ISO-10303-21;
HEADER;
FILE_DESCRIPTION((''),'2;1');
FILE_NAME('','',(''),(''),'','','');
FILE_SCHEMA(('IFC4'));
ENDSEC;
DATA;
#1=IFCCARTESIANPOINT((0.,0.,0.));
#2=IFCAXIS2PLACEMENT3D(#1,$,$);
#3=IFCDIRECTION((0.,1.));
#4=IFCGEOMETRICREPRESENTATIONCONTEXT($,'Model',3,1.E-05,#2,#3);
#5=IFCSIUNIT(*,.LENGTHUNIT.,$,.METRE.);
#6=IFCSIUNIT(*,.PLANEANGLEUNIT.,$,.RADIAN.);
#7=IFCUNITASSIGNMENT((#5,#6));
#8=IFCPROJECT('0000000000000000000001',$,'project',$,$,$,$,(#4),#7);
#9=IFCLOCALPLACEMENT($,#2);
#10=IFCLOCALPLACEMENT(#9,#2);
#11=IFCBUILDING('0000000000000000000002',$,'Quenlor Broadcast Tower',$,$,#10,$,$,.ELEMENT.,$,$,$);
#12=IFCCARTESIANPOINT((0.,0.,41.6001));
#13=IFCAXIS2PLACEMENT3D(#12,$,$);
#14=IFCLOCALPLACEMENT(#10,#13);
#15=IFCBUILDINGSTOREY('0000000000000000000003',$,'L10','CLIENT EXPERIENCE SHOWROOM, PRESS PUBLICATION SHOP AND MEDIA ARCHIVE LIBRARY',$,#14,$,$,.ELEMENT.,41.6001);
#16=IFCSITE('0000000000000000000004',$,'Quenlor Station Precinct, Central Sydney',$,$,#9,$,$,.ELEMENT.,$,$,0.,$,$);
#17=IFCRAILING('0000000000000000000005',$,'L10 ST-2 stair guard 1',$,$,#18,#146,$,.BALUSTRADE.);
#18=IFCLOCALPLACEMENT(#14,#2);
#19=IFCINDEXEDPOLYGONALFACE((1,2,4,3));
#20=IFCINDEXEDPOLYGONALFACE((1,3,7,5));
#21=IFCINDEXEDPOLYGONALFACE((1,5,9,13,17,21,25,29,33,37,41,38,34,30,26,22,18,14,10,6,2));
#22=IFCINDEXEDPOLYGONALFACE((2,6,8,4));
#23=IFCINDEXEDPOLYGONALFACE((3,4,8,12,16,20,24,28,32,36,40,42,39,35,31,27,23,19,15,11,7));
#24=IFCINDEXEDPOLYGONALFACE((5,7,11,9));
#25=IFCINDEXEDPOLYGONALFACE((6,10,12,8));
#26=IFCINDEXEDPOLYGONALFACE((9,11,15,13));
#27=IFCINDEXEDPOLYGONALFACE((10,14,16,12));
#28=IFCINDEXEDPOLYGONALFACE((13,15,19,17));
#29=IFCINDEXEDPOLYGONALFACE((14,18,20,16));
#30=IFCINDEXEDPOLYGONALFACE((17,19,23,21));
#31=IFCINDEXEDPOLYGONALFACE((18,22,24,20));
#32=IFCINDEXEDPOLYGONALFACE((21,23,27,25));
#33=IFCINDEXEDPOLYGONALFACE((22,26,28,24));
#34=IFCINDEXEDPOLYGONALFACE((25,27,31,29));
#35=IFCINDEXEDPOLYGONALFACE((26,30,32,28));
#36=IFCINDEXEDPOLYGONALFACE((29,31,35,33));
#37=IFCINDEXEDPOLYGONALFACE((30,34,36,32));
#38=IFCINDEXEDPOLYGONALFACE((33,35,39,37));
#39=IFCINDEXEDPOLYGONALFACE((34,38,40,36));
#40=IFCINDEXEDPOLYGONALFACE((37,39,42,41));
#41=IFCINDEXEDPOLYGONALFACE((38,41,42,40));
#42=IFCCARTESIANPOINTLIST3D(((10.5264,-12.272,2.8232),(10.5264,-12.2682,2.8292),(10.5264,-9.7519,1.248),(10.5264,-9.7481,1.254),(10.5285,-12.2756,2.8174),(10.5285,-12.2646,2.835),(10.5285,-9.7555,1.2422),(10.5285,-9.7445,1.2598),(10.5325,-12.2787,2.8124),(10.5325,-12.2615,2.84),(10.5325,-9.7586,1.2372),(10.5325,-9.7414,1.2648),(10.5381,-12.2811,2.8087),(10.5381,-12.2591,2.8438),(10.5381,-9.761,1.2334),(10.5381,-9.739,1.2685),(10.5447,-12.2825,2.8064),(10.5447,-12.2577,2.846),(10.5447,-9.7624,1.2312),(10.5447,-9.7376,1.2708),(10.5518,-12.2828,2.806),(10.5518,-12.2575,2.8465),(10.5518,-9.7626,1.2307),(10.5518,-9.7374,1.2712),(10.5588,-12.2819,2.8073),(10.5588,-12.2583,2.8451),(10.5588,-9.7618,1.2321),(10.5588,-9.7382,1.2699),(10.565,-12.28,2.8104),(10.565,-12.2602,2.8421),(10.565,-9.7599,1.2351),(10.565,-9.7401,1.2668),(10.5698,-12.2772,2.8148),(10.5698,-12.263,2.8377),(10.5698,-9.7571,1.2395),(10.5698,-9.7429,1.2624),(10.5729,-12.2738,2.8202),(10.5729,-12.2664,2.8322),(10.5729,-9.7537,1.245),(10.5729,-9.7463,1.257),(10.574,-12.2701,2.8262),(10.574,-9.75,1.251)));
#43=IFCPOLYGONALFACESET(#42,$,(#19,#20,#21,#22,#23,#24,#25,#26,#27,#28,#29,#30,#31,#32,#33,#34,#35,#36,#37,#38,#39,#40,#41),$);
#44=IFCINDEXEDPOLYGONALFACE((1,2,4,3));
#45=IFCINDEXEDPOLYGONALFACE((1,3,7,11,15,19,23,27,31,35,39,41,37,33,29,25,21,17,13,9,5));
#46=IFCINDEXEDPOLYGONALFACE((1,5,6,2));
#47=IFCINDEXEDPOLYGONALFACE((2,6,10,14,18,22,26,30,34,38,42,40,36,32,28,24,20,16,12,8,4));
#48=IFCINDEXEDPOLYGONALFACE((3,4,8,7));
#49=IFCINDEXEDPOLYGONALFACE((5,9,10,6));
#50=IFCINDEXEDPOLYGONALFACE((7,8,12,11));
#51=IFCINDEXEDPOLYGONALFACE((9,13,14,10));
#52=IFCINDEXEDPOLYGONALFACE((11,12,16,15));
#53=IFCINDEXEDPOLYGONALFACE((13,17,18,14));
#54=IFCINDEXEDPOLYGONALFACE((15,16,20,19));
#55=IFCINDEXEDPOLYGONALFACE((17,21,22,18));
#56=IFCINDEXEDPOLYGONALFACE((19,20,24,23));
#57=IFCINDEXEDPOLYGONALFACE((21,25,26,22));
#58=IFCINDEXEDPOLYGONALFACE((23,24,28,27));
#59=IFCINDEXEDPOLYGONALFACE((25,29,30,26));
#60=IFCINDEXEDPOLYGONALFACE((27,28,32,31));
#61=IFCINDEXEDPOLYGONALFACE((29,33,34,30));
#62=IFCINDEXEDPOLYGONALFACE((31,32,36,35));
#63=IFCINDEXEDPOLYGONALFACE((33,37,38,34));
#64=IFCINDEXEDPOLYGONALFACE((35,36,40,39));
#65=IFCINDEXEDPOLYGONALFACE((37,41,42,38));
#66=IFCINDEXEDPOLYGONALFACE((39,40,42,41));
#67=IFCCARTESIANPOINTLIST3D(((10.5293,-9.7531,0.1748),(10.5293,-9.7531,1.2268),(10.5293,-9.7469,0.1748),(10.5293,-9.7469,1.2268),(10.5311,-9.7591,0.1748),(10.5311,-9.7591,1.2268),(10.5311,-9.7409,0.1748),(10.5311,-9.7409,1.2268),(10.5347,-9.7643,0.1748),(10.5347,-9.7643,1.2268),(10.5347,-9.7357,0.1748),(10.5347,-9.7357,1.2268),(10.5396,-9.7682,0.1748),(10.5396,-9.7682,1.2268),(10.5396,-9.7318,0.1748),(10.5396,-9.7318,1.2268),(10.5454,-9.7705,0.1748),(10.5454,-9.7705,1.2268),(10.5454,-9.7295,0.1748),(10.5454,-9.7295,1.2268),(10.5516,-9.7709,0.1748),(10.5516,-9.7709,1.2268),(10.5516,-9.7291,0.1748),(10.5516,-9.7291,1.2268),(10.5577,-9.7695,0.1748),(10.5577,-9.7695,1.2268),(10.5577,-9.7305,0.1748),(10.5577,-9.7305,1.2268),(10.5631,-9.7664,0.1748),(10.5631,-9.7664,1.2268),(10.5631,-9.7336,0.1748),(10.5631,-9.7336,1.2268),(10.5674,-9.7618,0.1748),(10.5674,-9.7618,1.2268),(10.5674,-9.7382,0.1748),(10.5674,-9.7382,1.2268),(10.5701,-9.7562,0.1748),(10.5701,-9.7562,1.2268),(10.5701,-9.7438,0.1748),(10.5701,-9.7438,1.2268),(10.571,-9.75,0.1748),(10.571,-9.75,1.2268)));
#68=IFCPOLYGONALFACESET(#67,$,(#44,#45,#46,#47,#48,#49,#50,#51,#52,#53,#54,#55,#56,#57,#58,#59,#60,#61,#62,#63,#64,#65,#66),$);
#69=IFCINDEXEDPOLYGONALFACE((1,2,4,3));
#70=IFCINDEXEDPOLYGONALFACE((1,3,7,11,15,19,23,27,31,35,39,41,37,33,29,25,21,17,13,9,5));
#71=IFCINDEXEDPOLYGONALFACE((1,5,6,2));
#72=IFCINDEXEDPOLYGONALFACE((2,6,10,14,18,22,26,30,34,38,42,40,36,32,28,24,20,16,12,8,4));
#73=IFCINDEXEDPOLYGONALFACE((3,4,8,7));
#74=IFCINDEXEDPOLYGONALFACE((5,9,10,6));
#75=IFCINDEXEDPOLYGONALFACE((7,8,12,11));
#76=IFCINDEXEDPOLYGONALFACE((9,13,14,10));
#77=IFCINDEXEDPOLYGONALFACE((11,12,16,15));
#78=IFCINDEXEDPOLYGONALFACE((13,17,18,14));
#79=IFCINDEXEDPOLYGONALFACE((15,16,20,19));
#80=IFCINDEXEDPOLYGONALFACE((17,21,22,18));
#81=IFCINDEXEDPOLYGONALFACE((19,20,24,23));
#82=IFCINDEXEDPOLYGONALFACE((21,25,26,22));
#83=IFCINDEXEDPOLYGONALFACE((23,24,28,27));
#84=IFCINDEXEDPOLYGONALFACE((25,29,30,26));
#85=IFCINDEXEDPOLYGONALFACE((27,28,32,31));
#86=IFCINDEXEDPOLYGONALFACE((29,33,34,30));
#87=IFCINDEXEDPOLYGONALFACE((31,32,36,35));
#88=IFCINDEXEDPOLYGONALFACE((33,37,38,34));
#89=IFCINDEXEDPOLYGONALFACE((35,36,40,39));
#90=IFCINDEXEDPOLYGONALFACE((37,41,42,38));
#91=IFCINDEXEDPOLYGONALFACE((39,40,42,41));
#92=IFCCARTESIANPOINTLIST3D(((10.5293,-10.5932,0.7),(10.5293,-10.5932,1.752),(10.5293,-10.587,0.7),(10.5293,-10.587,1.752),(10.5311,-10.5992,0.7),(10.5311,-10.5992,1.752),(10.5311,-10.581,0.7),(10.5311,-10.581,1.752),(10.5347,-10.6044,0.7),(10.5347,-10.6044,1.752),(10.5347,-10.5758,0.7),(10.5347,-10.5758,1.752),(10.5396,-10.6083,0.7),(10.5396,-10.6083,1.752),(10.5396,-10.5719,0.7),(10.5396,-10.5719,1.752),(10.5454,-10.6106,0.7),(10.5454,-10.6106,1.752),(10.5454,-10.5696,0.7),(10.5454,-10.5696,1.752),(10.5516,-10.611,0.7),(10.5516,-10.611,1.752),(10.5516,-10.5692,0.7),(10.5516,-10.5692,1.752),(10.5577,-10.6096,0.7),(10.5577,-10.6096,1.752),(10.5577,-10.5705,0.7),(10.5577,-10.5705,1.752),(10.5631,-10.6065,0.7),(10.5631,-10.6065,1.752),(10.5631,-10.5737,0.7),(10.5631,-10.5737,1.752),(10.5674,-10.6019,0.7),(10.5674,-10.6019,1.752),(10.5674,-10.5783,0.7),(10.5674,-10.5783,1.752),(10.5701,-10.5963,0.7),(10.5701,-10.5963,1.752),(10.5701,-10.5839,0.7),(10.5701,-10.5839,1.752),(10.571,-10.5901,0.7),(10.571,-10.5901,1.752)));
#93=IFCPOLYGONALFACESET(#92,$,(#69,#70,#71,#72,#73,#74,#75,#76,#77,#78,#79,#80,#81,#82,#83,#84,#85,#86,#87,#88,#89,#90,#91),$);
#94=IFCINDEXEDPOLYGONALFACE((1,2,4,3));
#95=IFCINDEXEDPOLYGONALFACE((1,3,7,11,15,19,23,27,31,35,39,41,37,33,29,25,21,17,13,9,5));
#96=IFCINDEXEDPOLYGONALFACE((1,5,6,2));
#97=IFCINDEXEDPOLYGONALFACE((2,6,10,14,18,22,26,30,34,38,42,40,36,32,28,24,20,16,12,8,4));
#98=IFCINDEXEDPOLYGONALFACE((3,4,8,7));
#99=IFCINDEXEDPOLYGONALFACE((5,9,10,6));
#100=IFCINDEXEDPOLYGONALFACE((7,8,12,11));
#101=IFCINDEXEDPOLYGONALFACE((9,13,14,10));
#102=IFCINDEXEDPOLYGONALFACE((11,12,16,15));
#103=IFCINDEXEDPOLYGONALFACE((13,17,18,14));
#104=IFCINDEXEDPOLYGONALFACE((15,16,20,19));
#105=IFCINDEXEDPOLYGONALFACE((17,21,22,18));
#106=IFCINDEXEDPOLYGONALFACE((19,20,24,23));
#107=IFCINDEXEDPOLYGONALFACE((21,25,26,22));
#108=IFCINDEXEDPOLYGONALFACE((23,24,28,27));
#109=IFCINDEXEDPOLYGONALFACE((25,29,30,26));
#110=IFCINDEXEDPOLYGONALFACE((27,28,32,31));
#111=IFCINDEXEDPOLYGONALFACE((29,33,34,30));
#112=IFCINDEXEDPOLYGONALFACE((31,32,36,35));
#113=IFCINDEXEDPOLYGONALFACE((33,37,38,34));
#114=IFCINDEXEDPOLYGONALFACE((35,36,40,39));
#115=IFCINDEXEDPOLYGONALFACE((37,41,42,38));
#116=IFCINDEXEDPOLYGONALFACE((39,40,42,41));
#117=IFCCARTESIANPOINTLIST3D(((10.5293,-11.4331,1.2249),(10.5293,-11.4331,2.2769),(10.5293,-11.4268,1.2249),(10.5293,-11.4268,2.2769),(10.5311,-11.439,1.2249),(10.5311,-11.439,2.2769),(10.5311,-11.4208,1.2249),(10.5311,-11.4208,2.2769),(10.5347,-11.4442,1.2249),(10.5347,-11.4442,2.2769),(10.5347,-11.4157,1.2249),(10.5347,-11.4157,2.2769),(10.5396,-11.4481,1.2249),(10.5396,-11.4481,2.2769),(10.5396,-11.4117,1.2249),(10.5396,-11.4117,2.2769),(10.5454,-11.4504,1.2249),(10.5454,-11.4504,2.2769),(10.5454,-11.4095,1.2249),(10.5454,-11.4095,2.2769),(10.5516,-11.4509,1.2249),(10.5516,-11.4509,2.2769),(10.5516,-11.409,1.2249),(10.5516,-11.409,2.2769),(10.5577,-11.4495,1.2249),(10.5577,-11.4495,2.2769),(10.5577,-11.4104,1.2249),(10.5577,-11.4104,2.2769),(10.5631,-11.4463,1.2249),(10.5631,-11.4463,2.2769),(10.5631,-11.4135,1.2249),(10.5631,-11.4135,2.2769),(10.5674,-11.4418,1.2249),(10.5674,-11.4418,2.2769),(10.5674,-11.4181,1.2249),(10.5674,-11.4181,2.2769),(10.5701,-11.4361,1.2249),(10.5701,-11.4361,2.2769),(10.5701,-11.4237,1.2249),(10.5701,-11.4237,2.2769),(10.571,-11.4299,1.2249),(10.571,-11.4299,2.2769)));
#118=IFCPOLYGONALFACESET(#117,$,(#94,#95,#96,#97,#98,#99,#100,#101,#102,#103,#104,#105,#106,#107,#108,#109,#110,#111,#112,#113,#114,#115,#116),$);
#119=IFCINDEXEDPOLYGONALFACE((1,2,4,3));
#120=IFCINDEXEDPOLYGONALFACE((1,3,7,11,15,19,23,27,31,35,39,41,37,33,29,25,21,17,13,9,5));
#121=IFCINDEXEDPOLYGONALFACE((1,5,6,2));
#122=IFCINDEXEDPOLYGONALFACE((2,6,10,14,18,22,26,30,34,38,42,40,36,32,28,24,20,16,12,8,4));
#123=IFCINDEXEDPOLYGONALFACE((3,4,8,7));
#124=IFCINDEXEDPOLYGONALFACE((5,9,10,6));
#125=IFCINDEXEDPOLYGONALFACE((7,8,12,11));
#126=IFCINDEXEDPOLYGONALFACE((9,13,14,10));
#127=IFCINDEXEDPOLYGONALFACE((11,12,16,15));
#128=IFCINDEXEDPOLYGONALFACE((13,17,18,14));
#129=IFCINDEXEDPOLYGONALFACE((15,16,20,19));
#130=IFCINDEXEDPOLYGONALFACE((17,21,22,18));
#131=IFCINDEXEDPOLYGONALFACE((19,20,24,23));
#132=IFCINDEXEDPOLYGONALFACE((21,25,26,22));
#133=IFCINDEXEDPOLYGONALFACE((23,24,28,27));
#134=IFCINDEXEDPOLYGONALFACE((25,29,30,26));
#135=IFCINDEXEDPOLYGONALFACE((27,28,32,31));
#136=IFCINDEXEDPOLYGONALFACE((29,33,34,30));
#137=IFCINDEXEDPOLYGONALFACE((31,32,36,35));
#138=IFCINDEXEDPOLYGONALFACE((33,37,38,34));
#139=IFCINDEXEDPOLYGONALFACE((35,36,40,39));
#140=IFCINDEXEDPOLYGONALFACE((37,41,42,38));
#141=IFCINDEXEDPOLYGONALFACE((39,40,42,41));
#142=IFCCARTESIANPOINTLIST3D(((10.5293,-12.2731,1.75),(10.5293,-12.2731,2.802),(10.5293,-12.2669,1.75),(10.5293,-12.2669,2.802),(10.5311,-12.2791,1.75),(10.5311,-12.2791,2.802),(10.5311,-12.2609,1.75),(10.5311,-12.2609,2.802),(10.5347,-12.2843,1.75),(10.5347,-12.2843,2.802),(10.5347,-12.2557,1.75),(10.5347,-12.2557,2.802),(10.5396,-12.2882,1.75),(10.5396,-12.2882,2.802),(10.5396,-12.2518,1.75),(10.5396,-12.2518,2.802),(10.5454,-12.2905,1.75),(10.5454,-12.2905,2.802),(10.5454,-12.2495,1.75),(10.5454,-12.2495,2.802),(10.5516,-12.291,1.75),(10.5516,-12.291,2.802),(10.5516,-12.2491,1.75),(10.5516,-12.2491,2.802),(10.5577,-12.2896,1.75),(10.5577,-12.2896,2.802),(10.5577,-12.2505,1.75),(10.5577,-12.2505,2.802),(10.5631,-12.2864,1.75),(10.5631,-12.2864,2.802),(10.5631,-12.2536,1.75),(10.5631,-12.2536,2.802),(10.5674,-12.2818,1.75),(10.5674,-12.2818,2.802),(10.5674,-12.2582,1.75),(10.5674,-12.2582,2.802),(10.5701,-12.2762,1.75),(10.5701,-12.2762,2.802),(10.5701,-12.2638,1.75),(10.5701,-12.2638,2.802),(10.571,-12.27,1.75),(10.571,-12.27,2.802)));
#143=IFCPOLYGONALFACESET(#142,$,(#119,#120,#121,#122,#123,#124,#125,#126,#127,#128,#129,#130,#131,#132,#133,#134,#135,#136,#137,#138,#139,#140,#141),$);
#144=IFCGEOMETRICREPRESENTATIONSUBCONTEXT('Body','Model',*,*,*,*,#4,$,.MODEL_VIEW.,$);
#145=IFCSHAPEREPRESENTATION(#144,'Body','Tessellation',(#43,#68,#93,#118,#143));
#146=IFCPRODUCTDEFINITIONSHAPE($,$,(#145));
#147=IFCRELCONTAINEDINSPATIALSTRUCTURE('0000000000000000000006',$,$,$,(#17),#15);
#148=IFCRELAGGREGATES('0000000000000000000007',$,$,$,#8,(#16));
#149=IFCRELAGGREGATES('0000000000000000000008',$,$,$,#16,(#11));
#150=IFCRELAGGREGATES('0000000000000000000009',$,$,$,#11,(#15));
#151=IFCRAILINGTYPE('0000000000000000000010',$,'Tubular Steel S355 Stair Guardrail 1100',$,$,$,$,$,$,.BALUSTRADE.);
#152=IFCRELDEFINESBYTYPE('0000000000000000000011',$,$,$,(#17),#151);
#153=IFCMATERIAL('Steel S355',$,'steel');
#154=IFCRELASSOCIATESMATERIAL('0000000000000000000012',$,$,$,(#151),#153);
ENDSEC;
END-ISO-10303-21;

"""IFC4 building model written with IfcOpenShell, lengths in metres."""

from ifc_helpers import new_model, si_unit, direction, frame, origin, origin_2d, place, context, subcontext, project, spatial, circle, extrude, material, type_object, element, save


model = new_model("IFC4")

# Units and contexts
model_context = context("Model", 3, precision=1e-05, world=origin(), true_north=direction((0.0, 1.0)))
body_context = subcontext(model_context, "Body", "Model", "MODEL_VIEW")
ifc_project = project(units=[si_unit("LENGTHUNIT", "METRE"), si_unit("PLANEANGLEUNIT", "RADIAN")], contexts=[model_context])

# Site, building, storey
site_placement = place(None, origin())
site = spatial("IfcSite", under=ifc_project, at=site_placement, Name="Quenlor Station Precinct, Central Sydney", CompositionType="ELEMENT", RefElevation=0.0)
building_placement = place(site_placement, origin())
building = spatial("IfcBuilding", under=site, at=building_placement, Name="Quenlor Broadcast Tower", CompositionType="ELEMENT")
storey_placement = place(building_placement, frame((0.0, 0.0, 41.6001)))
storey = spatial("IfcBuildingStorey", under=building, at=storey_placement, Name="L10", Description="CLIENT EXPERIENCE SHOWROOM, PRESS PUBLICATION SHOP AND MEDIA ARCHIVE LIBRARY", CompositionType="ELEMENT", Elevation=41.6001)

# Railing
ifc_material_1 = material(Name="Steel S355", Category="steel")
railing_type_1 = type_object("IfcRailingType", Name="Tubular Steel S355 Stair Guardrail 1100", PredefinedType="BALUSTRADE", material=ifc_material_1)
railing_1_placement = place(storey_placement, frame((10.55, -9.75, 0.1748)))
element("IfcRailing", 1, at=railing_1_placement, inside=storey, type_object=railing_type_1, Name="L10 ST-2 stair guard 1", PredefinedType="BALUSTRADE", context=body_context, shape_type="SweptSolid", body=[
    extrude(circle(Radius=0.0239, at=origin_2d()), frame((0.0, 0.0, 1.0762), z_axis=(0.0, -0.847971, 0.530043), x_axis=(1.0, 0.0, 0.0)), (0.0, 0.0, 1.0), 2.9719),
    extrude(circle(Radius=0.021, at=origin_2d()), origin(), (0.0, 0.0, 1.0), 1.052),
    extrude(circle(Radius=0.021, at=origin_2d()), frame((0.0, -0.8401, 0.5251)), (0.0, 0.0, 1.0), 1.052),
    extrude(circle(Radius=0.021, at=origin_2d()), frame((0.0, -1.6799, 1.05)), (0.0, 0.0, 1.0), 1.052),
    extrude(circle(Radius=0.021, at=origin_2d()), frame((0.0, -2.52, 1.5752)), (0.0, 0.0, 1.0), 1.052),
])

save(model, "model.ifc")
